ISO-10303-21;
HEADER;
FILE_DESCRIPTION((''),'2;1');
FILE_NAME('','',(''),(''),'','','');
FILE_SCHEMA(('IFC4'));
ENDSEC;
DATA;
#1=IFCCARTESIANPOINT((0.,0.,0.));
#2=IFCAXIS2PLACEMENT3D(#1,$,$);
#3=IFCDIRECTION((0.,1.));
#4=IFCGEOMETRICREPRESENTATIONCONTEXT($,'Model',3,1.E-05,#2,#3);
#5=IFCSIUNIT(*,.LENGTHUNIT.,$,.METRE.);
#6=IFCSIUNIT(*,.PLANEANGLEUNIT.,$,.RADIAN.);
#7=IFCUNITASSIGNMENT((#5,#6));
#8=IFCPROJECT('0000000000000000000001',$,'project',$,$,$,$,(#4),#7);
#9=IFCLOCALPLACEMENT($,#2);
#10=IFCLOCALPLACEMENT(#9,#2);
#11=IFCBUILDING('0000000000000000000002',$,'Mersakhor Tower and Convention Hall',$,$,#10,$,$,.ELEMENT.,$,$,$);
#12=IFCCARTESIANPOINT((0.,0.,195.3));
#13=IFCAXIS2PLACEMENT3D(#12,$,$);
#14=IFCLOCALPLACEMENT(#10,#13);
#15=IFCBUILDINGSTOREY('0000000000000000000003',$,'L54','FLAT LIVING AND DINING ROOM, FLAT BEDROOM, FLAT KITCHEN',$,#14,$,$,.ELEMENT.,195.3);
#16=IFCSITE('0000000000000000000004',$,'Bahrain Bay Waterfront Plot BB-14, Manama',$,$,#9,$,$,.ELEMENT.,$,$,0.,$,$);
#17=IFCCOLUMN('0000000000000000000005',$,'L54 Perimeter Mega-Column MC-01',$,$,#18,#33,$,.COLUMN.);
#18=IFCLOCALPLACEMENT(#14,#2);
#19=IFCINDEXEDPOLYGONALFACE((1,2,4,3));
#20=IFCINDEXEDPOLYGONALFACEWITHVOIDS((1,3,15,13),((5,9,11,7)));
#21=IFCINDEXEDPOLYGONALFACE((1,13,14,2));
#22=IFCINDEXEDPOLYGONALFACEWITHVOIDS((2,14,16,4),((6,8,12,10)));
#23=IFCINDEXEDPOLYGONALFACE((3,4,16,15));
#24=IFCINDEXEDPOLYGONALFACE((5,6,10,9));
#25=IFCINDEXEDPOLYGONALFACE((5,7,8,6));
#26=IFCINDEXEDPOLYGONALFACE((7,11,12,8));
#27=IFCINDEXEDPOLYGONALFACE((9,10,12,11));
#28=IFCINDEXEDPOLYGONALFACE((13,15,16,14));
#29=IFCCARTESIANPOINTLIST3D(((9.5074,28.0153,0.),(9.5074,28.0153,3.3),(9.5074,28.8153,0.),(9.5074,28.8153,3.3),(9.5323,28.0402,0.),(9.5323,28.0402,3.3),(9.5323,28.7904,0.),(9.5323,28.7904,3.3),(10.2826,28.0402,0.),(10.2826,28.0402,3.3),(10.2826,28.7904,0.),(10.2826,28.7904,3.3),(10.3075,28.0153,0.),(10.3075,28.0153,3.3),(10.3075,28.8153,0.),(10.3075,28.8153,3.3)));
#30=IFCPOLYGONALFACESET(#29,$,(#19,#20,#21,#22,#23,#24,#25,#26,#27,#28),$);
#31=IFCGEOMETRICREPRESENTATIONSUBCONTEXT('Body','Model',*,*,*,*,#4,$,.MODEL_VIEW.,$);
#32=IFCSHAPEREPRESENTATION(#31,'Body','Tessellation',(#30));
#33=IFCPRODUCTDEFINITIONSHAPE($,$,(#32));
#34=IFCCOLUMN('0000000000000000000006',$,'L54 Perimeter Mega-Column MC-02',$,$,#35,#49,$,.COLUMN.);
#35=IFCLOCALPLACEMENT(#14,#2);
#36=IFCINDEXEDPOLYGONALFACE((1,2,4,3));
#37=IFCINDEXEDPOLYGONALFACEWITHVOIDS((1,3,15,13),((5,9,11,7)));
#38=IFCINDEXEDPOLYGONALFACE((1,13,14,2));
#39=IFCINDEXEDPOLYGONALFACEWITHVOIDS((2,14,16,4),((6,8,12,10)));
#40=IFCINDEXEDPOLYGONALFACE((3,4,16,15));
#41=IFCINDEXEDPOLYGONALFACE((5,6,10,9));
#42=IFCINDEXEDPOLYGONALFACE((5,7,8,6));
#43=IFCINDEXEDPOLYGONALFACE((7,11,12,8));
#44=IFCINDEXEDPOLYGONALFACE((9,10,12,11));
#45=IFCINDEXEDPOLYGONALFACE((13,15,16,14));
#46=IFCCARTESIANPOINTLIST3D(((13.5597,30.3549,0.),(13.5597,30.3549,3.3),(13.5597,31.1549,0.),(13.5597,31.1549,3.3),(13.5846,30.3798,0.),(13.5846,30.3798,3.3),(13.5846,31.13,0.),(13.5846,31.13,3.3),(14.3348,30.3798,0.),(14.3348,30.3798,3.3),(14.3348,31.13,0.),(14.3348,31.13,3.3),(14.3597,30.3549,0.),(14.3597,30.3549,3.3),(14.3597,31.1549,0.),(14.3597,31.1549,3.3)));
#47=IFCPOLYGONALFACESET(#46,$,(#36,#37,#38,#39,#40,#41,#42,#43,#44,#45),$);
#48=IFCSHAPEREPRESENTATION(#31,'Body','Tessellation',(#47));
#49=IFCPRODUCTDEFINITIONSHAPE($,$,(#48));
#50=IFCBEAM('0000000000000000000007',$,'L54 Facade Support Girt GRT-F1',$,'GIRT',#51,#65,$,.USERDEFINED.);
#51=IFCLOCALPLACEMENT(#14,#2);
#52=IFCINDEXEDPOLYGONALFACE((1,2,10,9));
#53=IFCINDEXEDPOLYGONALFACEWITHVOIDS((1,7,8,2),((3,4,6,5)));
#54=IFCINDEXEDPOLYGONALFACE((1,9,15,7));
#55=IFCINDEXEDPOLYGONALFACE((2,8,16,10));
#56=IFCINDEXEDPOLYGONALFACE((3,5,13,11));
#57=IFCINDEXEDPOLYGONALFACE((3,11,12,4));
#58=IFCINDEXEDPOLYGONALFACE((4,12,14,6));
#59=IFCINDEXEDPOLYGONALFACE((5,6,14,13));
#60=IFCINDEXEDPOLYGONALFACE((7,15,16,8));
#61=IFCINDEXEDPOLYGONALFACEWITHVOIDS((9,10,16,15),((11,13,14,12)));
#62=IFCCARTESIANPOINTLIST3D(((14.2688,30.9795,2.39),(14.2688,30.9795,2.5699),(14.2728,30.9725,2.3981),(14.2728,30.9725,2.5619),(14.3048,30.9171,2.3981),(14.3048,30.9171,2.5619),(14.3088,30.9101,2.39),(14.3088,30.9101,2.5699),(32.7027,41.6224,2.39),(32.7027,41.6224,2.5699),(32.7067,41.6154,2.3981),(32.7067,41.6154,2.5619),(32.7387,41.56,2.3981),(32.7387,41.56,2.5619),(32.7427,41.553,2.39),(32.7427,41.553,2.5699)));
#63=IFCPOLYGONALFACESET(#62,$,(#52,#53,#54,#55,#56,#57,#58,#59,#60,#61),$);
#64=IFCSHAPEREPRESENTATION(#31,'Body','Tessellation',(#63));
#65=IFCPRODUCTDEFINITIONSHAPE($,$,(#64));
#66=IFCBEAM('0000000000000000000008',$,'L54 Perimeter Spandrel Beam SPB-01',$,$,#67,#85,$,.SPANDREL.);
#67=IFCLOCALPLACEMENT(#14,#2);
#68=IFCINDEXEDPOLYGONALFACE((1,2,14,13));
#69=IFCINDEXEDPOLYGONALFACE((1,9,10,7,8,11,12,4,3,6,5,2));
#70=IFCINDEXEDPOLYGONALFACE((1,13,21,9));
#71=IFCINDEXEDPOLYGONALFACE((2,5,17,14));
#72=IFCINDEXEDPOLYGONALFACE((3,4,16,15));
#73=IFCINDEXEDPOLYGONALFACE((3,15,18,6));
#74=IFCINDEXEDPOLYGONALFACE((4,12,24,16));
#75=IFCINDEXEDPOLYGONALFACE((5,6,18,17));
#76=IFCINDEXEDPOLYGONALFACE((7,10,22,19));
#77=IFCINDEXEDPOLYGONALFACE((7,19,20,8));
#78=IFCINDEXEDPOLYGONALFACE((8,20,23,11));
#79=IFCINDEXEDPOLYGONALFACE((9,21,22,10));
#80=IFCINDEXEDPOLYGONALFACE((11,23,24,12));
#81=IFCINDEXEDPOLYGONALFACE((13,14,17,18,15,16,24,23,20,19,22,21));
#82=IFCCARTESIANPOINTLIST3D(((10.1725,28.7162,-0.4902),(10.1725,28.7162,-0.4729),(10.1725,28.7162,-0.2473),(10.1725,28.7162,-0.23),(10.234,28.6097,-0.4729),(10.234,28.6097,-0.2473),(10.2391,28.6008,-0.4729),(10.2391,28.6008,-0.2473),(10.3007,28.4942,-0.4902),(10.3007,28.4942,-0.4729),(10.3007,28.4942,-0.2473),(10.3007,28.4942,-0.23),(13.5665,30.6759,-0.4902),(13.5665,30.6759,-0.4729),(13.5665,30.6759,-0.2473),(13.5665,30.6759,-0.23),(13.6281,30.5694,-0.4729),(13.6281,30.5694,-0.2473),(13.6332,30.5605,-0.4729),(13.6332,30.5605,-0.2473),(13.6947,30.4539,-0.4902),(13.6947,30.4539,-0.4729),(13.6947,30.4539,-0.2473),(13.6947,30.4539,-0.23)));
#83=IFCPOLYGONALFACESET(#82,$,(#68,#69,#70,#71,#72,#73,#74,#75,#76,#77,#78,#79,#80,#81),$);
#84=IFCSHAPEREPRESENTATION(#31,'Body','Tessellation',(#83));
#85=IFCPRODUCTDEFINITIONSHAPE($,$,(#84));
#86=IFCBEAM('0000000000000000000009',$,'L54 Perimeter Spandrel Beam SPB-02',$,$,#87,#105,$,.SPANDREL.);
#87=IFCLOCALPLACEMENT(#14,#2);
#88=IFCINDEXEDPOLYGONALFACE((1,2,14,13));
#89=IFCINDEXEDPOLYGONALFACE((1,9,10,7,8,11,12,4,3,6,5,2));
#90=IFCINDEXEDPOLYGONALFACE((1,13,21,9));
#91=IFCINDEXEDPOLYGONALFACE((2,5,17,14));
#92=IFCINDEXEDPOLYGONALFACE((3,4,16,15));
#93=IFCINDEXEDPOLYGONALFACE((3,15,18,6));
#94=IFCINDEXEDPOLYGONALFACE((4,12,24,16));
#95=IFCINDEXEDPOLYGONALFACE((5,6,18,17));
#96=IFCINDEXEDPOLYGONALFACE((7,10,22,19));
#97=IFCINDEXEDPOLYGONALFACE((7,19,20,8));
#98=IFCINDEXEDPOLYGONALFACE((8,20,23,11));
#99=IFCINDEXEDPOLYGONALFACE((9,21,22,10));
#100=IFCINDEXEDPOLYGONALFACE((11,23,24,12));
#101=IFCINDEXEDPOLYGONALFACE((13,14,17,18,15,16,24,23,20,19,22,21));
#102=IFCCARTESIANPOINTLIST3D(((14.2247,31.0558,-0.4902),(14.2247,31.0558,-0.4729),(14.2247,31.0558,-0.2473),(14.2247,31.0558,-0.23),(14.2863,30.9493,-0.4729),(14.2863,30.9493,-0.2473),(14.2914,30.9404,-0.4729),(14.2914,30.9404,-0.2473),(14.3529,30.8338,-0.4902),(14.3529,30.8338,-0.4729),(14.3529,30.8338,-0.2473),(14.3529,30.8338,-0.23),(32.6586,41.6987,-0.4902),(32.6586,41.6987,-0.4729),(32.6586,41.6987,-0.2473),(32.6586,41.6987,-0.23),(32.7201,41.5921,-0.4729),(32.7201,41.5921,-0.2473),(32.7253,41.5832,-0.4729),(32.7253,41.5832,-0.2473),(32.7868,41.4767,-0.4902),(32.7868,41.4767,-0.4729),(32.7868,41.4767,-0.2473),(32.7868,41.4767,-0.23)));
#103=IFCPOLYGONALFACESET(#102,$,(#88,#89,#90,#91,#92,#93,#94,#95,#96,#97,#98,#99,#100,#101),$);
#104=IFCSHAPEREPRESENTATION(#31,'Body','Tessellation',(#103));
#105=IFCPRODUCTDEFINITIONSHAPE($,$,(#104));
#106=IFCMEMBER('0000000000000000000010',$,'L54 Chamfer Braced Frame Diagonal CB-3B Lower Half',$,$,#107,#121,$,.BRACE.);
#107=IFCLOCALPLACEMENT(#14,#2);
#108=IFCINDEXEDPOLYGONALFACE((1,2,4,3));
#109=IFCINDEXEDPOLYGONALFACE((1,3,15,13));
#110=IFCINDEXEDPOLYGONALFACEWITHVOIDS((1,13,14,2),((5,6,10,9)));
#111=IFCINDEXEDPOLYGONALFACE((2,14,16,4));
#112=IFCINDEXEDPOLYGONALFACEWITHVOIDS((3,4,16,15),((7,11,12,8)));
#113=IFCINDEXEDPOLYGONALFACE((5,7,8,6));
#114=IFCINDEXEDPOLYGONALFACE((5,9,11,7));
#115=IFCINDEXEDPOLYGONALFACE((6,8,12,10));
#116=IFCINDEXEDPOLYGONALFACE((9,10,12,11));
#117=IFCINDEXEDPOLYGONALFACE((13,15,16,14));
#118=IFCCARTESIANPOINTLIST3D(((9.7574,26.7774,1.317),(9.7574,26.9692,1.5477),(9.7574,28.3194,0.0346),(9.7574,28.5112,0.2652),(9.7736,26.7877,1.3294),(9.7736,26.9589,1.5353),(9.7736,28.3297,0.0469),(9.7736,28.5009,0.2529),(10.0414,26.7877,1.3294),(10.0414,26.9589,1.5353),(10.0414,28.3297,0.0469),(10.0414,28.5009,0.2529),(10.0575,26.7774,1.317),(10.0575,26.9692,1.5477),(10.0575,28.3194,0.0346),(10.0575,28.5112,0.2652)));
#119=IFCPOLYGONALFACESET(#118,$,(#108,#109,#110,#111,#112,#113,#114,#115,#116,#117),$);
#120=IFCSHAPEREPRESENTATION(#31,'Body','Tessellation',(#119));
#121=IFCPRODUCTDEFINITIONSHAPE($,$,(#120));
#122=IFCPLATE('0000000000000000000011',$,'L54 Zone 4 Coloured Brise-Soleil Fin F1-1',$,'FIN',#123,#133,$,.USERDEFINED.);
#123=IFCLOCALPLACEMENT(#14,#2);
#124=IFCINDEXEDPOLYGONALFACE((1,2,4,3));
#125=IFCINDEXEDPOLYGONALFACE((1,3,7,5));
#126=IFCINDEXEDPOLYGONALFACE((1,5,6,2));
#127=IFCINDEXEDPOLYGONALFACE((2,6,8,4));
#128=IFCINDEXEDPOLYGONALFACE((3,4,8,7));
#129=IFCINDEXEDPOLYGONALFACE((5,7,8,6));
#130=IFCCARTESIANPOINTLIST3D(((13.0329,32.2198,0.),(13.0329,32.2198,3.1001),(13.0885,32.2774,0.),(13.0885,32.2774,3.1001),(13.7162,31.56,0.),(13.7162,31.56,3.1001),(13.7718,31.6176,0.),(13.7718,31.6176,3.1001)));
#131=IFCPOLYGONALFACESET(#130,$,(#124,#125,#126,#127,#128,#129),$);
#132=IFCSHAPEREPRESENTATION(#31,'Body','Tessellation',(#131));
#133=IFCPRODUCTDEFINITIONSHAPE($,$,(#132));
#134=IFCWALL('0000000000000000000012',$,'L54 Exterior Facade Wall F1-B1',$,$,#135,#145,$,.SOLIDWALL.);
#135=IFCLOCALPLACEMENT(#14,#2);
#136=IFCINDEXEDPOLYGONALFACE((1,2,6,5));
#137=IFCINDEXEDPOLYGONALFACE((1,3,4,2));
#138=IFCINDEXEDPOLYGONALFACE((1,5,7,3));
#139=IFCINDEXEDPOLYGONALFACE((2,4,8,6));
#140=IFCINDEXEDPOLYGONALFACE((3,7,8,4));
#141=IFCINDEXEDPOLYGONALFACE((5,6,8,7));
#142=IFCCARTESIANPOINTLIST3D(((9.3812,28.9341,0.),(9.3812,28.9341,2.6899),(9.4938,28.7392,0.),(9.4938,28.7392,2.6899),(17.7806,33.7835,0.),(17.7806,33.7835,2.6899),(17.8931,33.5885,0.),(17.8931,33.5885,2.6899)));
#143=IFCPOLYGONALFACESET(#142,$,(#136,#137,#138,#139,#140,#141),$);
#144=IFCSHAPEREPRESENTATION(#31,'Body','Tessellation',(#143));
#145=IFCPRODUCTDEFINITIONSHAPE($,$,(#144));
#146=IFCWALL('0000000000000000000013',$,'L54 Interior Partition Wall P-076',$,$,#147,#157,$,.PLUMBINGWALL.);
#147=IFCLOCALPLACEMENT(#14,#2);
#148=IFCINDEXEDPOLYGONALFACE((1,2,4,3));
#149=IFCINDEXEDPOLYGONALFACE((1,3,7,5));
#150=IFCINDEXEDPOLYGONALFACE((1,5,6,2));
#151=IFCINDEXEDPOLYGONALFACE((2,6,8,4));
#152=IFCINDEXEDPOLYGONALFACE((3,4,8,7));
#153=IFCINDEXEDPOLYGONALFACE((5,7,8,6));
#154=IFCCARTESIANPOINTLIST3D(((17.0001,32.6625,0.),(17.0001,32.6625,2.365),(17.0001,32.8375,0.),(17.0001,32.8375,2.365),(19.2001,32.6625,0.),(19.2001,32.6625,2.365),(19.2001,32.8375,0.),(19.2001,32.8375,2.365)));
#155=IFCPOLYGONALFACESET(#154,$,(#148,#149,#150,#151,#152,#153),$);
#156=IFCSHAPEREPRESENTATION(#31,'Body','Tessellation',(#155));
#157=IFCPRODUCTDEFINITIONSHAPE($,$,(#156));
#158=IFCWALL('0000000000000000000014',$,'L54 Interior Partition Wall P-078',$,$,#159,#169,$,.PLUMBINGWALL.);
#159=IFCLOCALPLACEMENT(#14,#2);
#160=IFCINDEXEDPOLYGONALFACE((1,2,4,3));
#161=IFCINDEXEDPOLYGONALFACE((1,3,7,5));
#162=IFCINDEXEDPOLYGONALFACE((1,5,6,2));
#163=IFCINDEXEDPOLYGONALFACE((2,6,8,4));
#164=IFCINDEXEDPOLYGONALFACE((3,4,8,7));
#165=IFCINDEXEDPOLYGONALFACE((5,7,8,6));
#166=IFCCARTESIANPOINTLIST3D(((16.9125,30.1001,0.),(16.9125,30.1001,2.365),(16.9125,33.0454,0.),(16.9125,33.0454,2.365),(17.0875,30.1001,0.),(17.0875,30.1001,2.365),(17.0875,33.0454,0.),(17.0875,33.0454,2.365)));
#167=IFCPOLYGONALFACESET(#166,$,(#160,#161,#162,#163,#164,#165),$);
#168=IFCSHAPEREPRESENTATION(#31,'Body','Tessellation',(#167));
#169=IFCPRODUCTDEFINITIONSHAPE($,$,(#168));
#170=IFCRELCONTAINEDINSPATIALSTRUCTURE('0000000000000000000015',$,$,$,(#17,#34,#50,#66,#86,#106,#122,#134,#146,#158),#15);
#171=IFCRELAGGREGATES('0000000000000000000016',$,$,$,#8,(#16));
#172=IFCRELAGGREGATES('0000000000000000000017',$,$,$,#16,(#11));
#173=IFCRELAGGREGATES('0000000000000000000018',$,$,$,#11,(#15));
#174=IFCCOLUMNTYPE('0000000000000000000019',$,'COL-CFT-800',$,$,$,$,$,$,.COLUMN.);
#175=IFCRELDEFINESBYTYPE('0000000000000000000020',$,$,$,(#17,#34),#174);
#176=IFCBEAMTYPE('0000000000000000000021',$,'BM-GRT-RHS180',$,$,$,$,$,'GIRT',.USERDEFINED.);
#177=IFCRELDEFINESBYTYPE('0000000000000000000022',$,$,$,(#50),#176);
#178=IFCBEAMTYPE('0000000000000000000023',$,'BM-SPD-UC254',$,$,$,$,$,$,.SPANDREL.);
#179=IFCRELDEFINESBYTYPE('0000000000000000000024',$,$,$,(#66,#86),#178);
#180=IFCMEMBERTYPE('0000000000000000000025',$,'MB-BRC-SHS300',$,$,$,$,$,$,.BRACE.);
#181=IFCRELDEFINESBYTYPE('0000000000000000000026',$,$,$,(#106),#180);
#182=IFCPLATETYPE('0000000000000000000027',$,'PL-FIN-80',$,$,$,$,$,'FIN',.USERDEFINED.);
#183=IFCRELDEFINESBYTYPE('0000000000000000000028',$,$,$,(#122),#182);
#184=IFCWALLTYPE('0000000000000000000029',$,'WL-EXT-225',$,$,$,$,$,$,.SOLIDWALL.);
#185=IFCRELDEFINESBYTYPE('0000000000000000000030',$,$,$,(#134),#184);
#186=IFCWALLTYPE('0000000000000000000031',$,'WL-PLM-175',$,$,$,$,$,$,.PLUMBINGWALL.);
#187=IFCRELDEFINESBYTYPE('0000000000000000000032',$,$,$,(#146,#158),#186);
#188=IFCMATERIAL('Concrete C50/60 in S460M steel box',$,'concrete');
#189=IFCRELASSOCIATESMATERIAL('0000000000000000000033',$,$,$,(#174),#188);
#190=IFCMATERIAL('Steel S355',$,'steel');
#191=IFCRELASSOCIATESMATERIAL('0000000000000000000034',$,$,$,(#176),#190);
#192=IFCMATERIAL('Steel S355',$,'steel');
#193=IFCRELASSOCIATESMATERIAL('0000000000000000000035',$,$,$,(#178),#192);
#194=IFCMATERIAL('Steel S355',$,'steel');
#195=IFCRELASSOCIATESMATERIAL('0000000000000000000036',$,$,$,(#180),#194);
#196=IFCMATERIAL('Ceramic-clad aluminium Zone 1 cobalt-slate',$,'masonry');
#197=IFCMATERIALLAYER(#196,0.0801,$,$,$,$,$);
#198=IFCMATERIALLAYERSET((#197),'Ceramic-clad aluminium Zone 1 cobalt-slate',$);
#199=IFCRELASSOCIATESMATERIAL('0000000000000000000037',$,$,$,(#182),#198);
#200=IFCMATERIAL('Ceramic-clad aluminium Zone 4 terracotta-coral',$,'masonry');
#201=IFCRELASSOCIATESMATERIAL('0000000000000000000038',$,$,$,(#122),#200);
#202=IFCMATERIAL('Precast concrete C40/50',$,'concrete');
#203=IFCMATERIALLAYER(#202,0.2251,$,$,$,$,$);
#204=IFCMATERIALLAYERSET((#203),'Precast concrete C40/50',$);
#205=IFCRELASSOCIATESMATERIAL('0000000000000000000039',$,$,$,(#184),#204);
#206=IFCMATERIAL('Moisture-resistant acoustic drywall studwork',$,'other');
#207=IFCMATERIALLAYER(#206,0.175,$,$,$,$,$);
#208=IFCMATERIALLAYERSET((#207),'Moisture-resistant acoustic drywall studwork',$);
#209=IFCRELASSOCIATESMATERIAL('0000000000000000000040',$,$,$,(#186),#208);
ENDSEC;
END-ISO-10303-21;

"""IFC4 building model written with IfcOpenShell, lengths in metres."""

from ifc_helpers import new_model, si_unit, direction, frame, frame_2d, origin, origin_2d, place, context, subcontext, project, spatial, rectangle, hollow_rectangle, i_section, extrude, material, layer, layer_set, material_profile, profile_set, type_object, element, save


model = new_model("IFC4")

# Units and contexts
model_context = context("Model", 3, precision=1e-05, world=origin(), true_north=direction((0.0, 1.0)))
body_context = subcontext(model_context, "Body", "Model", "MODEL_VIEW")
ifc_project = project(units=[si_unit("LENGTHUNIT", "METRE"), si_unit("PLANEANGLEUNIT", "RADIAN")], contexts=[model_context])

# Site, building, storey
site_placement = place(None, origin())
site = spatial("IfcSite", under=ifc_project, at=site_placement, Name="Bahrain Bay Waterfront Plot BB-14, Manama", CompositionType="ELEMENT", RefElevation=0.0)
building_placement = place(site_placement, origin())
building = spatial("IfcBuilding", under=site, at=building_placement, Name="Mersakhor Tower and Convention Hall", CompositionType="ELEMENT")
storey_placement = place(building_placement, frame((0.0, 0.0, 195.3)))
storey = spatial("IfcBuildingStorey", under=building, at=storey_placement, Name="L54", Description="FLAT LIVING AND DINING ROOM, FLAT BEDROOM, FLAT KITCHEN", CompositionType="ELEMENT", Elevation=195.3)

# Columns
ifc_material_1 = material(Name="Concrete C50/60 in S460M steel box", Category="concrete")
ifc_material_profile_1 = material_profile(ifc_material_1, hollow_rectangle(XDim=0.8, YDim=0.8, WallThickness=0.0249, at=origin_2d()), Name="SHS 800x800x25")
ifc_profile_set_1 = profile_set([ifc_material_profile_1], Name="Concrete C50/60 in S460M steel box")
column_type = type_object("IfcColumnType", Name="COL-CFT-800", PredefinedType="COLUMN", material=ifc_profile_set_1)
for number, where, z_axis, x_axis, name in (
    (1, (9.9075, 28.4153, 0.0), (0.0, 0.0, 1.0), (1.0, 0.0, 0.0), "L54 Perimeter Mega-Column MC-01"),
    (2, (13.9597, 30.7549, 0.0), (0.0, 0.0, 1.0), (1.0, 0.0, 0.0), "L54 Perimeter Mega-Column MC-02"),
):
    element("IfcColumn", number, at=place(storey_placement, frame(where, z_axis=z_axis, x_axis=x_axis)), inside=storey, type_object=column_type, Name=name, PredefinedType="COLUMN", context=body_context, shape_type="SweptSolid", body=[
        extrude(hollow_rectangle(XDim=0.8, YDim=0.8, WallThickness=0.0249, at=origin_2d()), origin(), (0.0, 0.0, 1.0), 3.3),
    ])

# Beams
ifc_material_2 = material(Name="Steel S355", Category="steel")
ifc_material_profile_2 = material_profile(ifc_material_2, hollow_rectangle(XDim=0.0801, YDim=0.1799, WallThickness=0.0081, at=origin_2d()), Name="RHS 180x80x8")
ifc_profile_set_2 = profile_set([ifc_material_profile_2], Name="Steel S355")
beam_type_1 = type_object("IfcBeamType", Name="BM-GRT-RHS180", ElementType="GIRT", PredefinedType="USERDEFINED", material=ifc_profile_set_2)
beam_1_placement = place(storey_placement, frame((14.2888, 30.9448, 2.48), z_axis=(0.866025, 0.500001, 0.0), x_axis=(-0.500001, 0.866025, 0.0)))
element("IfcBeam", 3, at=beam_1_placement, inside=storey, type_object=beam_type_1, Name="L54 Facade Support Girt GRT-F1", ObjectType="GIRT", PredefinedType="USERDEFINED", context=body_context, shape_type="SweptSolid", body=[
    extrude(hollow_rectangle(XDim=0.0801, YDim=0.1799, WallThickness=0.0081, at=origin_2d()), origin(), (0.0, 0.0, 1.0), 21.2856),
])
ifc_material_3 = material(Name="Steel S355", Category="steel")
ifc_material_profile_3 = material_profile(ifc_material_3, i_section(OverallWidth=0.2563, OverallDepth=0.2603, WebThickness=0.0103, FlangeThickness=0.0173, at=origin_2d()), Name="UC 254x254x89")
ifc_profile_set_3 = profile_set([ifc_material_profile_3], Name="Steel S355")
beam_type_2 = type_object("IfcBeamType", Name="BM-SPD-UC254", PredefinedType="SPANDREL", material=ifc_profile_set_3)
beam_2_placement = place(storey_placement, frame((10.2366, 28.6052, -0.3601), z_axis=(0.866007, 0.500032, 0.0), x_axis=(-0.500032, 0.866007, 0.0)))
element("IfcBeam", 4, at=beam_2_placement, inside=storey, type_object=beam_type_2, Name="L54 Perimeter Spandrel Beam SPB-01", PredefinedType="SPANDREL", context=body_context, shape_type="SweptSolid", body=[
    extrude(i_section(OverallWidth=0.2563, OverallDepth=0.2603, WebThickness=0.0103, FlangeThickness=0.0173, at=origin_2d()), origin(), (0.0, 0.0, 1.0), 3.9192),
])
beam_3_placement = place(storey_placement, frame((14.2888, 30.9448, -0.3601), z_axis=(0.866025, 0.500001, 0.0), x_axis=(-0.500001, 0.866025, 0.0)))
element("IfcBeam", 5, at=beam_3_placement, inside=storey, type_object=beam_type_2, Name="L54 Perimeter Spandrel Beam SPB-02", PredefinedType="SPANDREL", context=body_context, shape_type="SweptSolid", body=[
    extrude(i_section(OverallWidth=0.2563, OverallDepth=0.2603, WebThickness=0.0103, FlangeThickness=0.0173, at=origin_2d()), origin(), (0.0, 0.0, 1.0), 21.2856),
])

# Member
ifc_material_4 = material(Name="Steel S355", Category="steel")
ifc_material_profile_4 = material_profile(ifc_material_4, hollow_rectangle(XDim=0.3, YDim=0.3, WallThickness=0.0161, at=origin_2d()), Name="SHS 300x300x16")
ifc_profile_set_4 = profile_set([ifc_material_profile_4], Name="Steel S355")
member_type = type_object("IfcMemberType", Name="MB-BRC-SHS300", PredefinedType="BRACE", material=ifc_profile_set_4)
member_placement = place(storey_placement, frame((9.9075, 28.4153, 0.1499), z_axis=(0.0, -0.76884, 0.639442), x_axis=(1.0, 0.0, 0.0)))
element("IfcMember", 6, at=member_placement, inside=storey, type_object=member_type, Name="L54 Chamfer Braced Frame Diagonal CB-3B Lower Half", PredefinedType="BRACE", context=body_context, shape_type="SweptSolid", body=[
    extrude(hollow_rectangle(XDim=0.3, YDim=0.3, WallThickness=0.0161, at=origin_2d()), origin(), (0.0, 0.0, 1.0), 2.0056),
])

# Plate
ifc_material_5 = material(Name="Ceramic-clad aluminium Zone 4 terracotta-coral", Category="masonry")
ifc_material_6 = material(Name="Ceramic-clad aluminium Zone 1 cobalt-slate", Category="masonry")
ifc_layer_1 = layer(ifc_material_6, 0.0801)
ifc_layer_set_1 = layer_set([ifc_layer_1], Name="Ceramic-clad aluminium Zone 1 cobalt-slate")
plate_type = type_object("IfcPlateType", Name="PL-FIN-80", ElementType="FIN", PredefinedType="USERDEFINED", material=ifc_layer_set_1)
plate_placement = place(storey_placement, frame((13.4023, 31.9187, 0.0), z_axis=(0.0, 0.0, 1.0), x_axis=(-0.71934, 0.694658, 0.0)))
element("IfcPlate", 7, at=plate_placement, inside=storey, type_object=plate_type, material=ifc_material_5, Name="L54 Zone 4 Coloured Brise-Soleil Fin F1-1", ObjectType="FIN", PredefinedType="USERDEFINED", context=body_context, shape_type="SweptSolid", body=[
    extrude(rectangle(XDim=0.95, YDim=0.0801, at=origin_2d()), origin(), (0.0, 0.0, 1.0), 3.1001),
])

# Walls
ifc_material_7 = material(Name="Precast concrete C40/50", Category="concrete")
ifc_layer_2 = layer(ifc_material_7, 0.2251)
ifc_layer_set_2 = layer_set([ifc_layer_2], Name="Precast concrete C40/50")
wall_type_1 = type_object("IfcWallType", Name="WL-EXT-225", PredefinedType="SOLIDWALL", material=ifc_layer_set_2)
wall_1_placement = place(storey_placement, frame((9.4375, 28.8367, 0.0), z_axis=(0.0, 0.0, 1.0), x_axis=(0.866027, 0.499997, 0.0)))
element("IfcWall", 8, at=wall_1_placement, inside=storey, type_object=wall_type_1, Name="L54 Exterior Facade Wall F1-B1", PredefinedType="SOLIDWALL", context=body_context, shape_type="SweptSolid", body=[
    extrude(rectangle(XDim=9.6987, YDim=0.2251, at=frame_2d((4.8494, 0.0))), origin(), (0.0, 0.0, 1.0), 2.6899),
])
ifc_material_8 = material(Name="Moisture-resistant acoustic drywall studwork", Category="other")
ifc_layer_3 = layer(ifc_material_8, 0.175)
ifc_layer_set_3 = layer_set([ifc_layer_3], Name="Moisture-resistant acoustic drywall studwork")
wall_type_2 = type_object("IfcWallType", Name="WL-PLM-175", PredefinedType="PLUMBINGWALL", material=ifc_layer_set_3)
wall_2_placement = place(storey_placement, frame((17.0, 32.75, 0.0), z_axis=(0.0, 0.0, 1.0), x_axis=(1.0, 0.0, 0.0)))
element("IfcWall", 9, at=wall_2_placement, inside=storey, type_object=wall_type_2, Name="L54 Interior Partition Wall P-076", PredefinedType="PLUMBINGWALL", context=body_context, shape_type="SweptSolid", body=[
    extrude(rectangle(XDim=2.2, YDim=0.175, at=frame_2d((1.1001, 0.0))), origin(), (0.0, 0.0, 1.0), 2.365),
])
wall_3_placement = place(storey_placement, frame((17.0, 30.1001, 0.0), z_axis=(0.0, 0.0, 1.0), x_axis=(0.0, 1.0, 0.0)))
element("IfcWall", 10, at=wall_3_placement, inside=storey, type_object=wall_type_2, Name="L54 Interior Partition Wall P-078", PredefinedType="PLUMBINGWALL", context=body_context, shape_type="SweptSolid", body=[
    extrude(rectangle(XDim=2.9453, YDim=0.175, at=frame_2d((1.4727, 0.0))), origin(), (0.0, 0.0, 1.0), 2.365),
])

save(model, "model.ifc")
